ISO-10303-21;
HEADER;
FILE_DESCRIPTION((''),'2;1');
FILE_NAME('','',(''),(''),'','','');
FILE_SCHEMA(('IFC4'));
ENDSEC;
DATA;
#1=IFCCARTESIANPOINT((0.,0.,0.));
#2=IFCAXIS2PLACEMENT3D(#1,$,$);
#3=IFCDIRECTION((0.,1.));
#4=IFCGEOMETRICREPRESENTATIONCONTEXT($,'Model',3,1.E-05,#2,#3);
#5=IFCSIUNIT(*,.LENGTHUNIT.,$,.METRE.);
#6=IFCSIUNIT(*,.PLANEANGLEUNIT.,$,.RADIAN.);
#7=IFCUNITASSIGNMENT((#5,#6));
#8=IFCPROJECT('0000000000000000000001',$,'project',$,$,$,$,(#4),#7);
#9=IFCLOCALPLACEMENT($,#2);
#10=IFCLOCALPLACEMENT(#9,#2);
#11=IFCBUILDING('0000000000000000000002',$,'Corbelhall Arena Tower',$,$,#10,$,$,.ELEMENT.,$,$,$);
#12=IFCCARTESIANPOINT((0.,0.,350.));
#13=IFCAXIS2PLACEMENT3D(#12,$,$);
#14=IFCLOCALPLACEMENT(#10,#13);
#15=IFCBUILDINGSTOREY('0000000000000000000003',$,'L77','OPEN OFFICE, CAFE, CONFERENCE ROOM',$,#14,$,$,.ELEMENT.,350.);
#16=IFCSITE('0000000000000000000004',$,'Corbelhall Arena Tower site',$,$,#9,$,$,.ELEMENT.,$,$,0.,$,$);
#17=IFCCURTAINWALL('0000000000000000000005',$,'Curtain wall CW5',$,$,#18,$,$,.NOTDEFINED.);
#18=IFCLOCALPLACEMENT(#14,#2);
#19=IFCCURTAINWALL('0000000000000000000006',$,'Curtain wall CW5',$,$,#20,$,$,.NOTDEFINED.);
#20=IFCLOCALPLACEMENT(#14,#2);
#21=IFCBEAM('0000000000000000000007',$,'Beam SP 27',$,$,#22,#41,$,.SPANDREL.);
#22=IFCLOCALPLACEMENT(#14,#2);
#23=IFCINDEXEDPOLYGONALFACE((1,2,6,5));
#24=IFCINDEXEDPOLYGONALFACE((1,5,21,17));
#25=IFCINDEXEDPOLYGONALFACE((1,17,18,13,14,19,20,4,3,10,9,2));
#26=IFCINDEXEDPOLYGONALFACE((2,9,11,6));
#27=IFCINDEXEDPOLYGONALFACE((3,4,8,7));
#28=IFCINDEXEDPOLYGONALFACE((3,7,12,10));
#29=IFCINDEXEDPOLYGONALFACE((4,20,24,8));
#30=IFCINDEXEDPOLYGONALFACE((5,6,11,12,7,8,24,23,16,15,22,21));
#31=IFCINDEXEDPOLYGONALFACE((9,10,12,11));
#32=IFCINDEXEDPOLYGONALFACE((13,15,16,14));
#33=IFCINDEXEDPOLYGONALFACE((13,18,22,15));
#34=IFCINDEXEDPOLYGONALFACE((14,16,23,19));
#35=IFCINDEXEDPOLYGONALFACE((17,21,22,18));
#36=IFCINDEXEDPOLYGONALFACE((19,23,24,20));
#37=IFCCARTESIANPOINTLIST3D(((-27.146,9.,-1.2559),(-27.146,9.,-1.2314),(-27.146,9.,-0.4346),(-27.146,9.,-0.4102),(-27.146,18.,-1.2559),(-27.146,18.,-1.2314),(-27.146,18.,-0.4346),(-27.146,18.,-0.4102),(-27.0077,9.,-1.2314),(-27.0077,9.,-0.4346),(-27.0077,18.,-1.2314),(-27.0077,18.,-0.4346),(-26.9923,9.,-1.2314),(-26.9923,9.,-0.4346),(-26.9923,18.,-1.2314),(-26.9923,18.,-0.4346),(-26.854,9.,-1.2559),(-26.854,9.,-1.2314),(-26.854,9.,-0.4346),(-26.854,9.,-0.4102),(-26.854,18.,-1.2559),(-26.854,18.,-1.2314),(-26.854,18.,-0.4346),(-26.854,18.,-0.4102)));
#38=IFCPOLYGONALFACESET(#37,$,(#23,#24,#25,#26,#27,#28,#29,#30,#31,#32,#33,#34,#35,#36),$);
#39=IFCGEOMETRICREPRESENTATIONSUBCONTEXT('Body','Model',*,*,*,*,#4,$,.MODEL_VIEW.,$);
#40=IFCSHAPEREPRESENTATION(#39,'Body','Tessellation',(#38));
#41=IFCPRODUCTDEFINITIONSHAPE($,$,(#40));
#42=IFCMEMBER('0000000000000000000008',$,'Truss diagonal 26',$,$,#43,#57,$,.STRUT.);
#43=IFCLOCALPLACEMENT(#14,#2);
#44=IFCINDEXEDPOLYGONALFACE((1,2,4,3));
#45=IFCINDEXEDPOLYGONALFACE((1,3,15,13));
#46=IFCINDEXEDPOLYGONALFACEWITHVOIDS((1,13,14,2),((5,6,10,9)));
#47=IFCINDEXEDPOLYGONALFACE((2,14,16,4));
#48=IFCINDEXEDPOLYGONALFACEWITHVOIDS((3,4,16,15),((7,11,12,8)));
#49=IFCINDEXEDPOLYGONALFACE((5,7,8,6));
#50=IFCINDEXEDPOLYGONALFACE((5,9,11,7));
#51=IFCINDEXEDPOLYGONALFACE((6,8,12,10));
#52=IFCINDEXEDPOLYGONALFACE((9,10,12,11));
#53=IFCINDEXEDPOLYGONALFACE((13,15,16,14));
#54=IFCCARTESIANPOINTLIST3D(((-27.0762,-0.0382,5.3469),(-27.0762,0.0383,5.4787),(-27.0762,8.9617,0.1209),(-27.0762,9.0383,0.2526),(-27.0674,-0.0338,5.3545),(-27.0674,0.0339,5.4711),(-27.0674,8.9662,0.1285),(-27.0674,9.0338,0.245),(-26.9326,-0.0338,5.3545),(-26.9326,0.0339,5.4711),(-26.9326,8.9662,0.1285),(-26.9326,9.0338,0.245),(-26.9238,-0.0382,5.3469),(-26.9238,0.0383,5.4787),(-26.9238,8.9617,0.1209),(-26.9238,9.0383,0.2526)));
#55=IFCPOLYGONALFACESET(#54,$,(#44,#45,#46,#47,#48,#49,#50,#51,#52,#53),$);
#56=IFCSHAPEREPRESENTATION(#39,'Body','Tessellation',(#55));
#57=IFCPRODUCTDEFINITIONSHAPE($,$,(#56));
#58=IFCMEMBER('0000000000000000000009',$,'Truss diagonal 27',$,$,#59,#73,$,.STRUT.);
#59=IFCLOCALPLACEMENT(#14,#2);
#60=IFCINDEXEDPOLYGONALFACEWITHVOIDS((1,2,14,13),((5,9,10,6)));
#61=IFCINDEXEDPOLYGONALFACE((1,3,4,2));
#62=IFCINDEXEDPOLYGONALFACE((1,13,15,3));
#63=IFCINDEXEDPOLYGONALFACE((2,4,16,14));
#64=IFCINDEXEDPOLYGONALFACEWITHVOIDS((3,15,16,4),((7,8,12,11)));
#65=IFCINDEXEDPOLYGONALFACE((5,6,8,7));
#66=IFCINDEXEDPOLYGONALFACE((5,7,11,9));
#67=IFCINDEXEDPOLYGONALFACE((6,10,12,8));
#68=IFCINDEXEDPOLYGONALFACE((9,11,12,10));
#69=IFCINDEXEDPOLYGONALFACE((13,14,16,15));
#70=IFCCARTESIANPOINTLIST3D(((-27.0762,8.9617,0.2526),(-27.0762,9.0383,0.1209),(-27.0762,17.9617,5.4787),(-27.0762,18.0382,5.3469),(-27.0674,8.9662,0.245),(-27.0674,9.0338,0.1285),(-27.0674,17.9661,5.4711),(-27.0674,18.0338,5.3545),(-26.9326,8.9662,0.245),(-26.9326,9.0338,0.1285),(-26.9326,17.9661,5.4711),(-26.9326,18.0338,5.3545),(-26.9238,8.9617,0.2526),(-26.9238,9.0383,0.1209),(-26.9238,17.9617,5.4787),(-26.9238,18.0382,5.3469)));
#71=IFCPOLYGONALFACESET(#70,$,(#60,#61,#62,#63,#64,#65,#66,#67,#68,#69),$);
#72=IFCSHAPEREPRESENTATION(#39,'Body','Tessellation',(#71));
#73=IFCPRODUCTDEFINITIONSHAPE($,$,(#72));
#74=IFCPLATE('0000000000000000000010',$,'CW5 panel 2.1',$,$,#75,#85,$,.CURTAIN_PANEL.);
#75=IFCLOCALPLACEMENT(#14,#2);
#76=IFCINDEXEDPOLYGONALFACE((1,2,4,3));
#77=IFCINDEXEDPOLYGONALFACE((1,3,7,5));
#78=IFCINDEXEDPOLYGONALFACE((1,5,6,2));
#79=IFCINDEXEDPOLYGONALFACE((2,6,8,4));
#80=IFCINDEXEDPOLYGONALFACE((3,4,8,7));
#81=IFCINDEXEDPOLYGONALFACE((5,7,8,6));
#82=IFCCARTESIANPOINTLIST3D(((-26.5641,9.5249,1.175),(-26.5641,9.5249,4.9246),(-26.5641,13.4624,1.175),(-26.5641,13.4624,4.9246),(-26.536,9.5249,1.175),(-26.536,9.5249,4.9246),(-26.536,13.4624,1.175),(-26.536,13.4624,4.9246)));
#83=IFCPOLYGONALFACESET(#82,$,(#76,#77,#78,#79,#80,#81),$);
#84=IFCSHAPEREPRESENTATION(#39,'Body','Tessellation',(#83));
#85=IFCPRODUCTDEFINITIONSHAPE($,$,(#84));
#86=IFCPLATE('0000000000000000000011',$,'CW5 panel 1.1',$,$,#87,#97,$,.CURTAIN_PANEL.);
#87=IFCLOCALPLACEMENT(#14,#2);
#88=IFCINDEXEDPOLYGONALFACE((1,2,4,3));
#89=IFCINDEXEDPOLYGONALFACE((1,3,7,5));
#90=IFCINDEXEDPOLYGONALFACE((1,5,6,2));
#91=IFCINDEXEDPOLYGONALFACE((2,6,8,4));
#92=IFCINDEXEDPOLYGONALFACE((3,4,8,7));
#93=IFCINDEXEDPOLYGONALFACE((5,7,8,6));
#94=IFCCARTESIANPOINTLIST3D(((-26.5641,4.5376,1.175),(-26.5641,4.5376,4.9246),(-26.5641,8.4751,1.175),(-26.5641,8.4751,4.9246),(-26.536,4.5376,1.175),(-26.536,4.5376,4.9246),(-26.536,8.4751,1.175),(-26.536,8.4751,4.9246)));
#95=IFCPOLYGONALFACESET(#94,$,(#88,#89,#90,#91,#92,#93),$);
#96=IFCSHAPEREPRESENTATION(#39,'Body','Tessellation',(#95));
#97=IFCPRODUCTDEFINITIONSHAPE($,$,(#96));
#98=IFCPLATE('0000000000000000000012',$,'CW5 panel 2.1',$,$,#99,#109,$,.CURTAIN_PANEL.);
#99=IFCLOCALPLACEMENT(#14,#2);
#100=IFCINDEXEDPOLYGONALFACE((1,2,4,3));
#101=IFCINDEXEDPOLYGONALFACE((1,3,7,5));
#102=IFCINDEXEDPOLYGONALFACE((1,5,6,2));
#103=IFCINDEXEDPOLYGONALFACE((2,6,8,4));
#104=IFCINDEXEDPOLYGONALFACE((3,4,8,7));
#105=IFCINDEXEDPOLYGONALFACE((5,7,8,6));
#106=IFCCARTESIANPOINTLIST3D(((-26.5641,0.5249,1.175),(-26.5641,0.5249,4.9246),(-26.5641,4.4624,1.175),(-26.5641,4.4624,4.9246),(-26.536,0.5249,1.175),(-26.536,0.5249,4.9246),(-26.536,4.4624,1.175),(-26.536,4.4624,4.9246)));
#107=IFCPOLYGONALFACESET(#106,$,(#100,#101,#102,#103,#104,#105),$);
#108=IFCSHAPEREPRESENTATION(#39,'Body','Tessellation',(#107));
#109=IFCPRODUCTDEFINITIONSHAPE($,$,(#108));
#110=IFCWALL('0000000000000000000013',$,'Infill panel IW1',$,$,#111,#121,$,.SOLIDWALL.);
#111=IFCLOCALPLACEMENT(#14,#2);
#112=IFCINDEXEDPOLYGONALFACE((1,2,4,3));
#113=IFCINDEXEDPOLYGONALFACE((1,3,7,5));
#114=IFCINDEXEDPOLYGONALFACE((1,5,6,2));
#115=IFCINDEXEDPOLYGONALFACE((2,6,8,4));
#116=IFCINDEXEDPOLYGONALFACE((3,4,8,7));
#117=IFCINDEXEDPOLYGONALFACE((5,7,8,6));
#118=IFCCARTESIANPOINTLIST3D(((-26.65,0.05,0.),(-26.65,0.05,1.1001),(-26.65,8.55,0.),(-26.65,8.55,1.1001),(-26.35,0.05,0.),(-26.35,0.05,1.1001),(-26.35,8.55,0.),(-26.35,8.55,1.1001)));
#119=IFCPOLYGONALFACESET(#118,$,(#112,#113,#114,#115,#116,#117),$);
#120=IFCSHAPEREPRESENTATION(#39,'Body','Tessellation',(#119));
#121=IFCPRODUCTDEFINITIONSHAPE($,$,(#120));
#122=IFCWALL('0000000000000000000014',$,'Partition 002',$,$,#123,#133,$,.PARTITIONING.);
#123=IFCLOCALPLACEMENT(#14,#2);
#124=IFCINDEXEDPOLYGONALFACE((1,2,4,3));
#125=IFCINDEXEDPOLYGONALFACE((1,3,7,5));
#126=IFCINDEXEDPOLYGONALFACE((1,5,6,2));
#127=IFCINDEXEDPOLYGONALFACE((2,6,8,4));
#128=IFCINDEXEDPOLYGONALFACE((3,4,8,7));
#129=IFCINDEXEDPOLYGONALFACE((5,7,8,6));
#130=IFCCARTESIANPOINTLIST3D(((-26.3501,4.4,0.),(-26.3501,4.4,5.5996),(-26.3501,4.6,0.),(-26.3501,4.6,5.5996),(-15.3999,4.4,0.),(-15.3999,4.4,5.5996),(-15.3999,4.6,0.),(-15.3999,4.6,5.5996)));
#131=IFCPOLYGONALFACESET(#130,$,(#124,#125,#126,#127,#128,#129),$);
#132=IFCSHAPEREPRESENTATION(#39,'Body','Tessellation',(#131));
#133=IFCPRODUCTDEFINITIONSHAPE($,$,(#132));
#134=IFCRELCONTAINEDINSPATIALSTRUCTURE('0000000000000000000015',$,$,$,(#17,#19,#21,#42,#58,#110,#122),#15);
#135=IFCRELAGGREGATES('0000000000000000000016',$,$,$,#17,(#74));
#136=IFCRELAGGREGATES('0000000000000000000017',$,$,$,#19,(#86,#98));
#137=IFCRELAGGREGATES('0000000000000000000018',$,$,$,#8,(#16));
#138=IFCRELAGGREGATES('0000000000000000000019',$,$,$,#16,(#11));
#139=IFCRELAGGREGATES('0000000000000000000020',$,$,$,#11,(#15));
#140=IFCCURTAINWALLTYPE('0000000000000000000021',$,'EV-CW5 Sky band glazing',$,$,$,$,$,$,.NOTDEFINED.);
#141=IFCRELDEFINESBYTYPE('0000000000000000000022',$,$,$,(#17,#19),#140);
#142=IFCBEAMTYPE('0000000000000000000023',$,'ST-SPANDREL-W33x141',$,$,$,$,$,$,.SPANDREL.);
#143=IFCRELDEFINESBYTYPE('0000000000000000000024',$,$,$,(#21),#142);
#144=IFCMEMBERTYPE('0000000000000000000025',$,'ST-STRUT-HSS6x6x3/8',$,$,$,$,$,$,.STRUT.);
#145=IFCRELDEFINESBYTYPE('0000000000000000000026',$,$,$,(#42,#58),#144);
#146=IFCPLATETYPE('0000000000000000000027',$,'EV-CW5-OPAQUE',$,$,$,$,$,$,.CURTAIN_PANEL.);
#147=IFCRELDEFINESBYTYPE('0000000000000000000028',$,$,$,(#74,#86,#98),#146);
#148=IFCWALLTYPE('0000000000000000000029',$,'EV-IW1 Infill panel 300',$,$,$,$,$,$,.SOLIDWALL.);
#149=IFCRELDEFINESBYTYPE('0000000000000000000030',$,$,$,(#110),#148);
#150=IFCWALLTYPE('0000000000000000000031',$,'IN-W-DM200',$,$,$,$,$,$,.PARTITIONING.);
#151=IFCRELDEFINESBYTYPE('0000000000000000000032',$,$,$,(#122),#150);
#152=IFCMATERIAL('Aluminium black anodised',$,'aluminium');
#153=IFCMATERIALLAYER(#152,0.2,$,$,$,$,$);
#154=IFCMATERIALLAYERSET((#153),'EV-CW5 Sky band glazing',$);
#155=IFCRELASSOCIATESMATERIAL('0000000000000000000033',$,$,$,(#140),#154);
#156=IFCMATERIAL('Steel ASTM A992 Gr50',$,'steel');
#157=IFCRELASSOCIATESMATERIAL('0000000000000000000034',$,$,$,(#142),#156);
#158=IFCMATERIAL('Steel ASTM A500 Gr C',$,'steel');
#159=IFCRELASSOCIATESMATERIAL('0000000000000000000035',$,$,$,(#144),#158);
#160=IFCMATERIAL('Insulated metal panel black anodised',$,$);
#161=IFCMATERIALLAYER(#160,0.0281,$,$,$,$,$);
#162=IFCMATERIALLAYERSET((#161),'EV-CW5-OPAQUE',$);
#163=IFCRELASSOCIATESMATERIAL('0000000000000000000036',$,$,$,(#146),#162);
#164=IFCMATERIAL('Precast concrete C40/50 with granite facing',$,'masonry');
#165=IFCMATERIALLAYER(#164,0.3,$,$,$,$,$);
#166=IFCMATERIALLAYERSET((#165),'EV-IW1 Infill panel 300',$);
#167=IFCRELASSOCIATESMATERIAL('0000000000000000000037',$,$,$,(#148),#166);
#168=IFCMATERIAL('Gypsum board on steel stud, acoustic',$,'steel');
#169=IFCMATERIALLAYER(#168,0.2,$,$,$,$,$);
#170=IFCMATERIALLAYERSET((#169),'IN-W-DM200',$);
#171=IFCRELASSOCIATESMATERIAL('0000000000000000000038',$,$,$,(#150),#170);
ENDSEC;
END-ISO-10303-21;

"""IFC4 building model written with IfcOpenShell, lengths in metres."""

from ifc_helpers import new_model, si_unit, direction, frame, frame_2d, origin, origin_2d, place, context, subcontext, project, spatial, rectangle, hollow_rectangle, i_section, extrude, material, layer, layer_set, material_profile, profile_set, type_object, element, aggregate, save


model = new_model("IFC4")

# Units and contexts
model_context = context("Model", 3, precision=1e-05, world=origin(), true_north=direction((0.0, 1.0)))
body_context = subcontext(model_context, "Body", "Model", "MODEL_VIEW")
ifc_project = project(units=[si_unit("LENGTHUNIT", "METRE"), si_unit("PLANEANGLEUNIT", "RADIAN")], contexts=[model_context])

# Site, building, storey
site_placement = place(None, origin())
site = spatial("IfcSite", under=ifc_project, at=site_placement, Name="Corbelhall Arena Tower site", CompositionType="ELEMENT", RefElevation=0.0)
building_placement = place(site_placement, origin())
building = spatial("IfcBuilding", under=site, at=building_placement, Name="Corbelhall Arena Tower", CompositionType="ELEMENT")
storey_placement = place(building_placement, frame((0.0, 0.0, 350.0)))
storey = spatial("IfcBuildingStorey", under=building, at=storey_placement, Name="L77", Description="OPEN OFFICE, CAFE, CONFERENCE ROOM", CompositionType="ELEMENT", Elevation=350.0)

# Curtain wall
ifc_material_1 = material(Name="Aluminium black anodised", Category="aluminium")
ifc_layer_1 = layer(ifc_material_1, 0.2)
ifc_layer_set_1 = layer_set([ifc_layer_1], Name="EV-CW5 Sky band glazing")
curtain_wall_type = type_object("IfcCurtainWallType", Name="EV-CW5 Sky band glazing", PredefinedType="NOTDEFINED", material=ifc_layer_set_1)
curtain_wall_1_placement = place(storey_placement, origin())
curtain_wall_1 = element("IfcCurtainWall", 1, at=curtain_wall_1_placement, inside=storey, type_object=curtain_wall_type, Name="Curtain wall CW5", PredefinedType="NOTDEFINED")

# Curtain wall
curtain_wall_2_placement = place(storey_placement, origin())
curtain_wall_2 = element("IfcCurtainWall", 2, at=curtain_wall_2_placement, inside=storey, type_object=curtain_wall_type, Name="Curtain wall CW5", PredefinedType="NOTDEFINED")

# Shared definitions
ifc_material_2 = material(Name="Steel ASTM A992 Gr50", Category="steel")

# Beam
ifc_material_profile_1 = material_profile(ifc_material_2, i_section(OverallWidth=0.292, OverallDepth=0.8457, WebThickness=0.0154, FlangeThickness=0.0244, at=origin_2d()))
ifc_profile_set_1 = profile_set([ifc_material_profile_1], Name="Steel ASTM A992 Gr50")
beam_type = type_object("IfcBeamType", Name="ST-SPANDREL-W33x141", PredefinedType="SPANDREL", material=ifc_profile_set_1)
beam_placement = place(storey_placement, frame((-27.0, 9.0, -0.833), z_axis=(0.0, 1.0, 0.0), x_axis=(-1.0, 0.0, 0.0)))
element("IfcBeam", 3, at=beam_placement, inside=storey, type_object=beam_type, Name="Beam SP 27", PredefinedType="SPANDREL", context=body_context, shape_type="SweptSolid", body=[
    extrude(i_section(OverallWidth=0.292, OverallDepth=0.8457, WebThickness=0.0154, FlangeThickness=0.0244, at=origin_2d()), origin(), (0.0, 0.0, 1.0), 9.0),
])

# Members
ifc_material_3 = material(Name="Steel ASTM A500 Gr C", Category="steel")
ifc_material_profile_2 = material_profile(ifc_material_3, hollow_rectangle(XDim=0.1523, YDim=0.1523, WallThickness=0.0088, at=origin_2d()))
ifc_profile_set_2 = profile_set([ifc_material_profile_2], Name="Steel ASTM A500 Gr C")
member_type_1 = type_object("IfcMemberType", Name="ST-STRUT-HSS6x6x3/8", PredefinedType="STRUT", material=ifc_profile_set_2)
for number, where, z_axis, x_axis, name in (
    (4, (-27.0, 9.0, 0.1868), (0.0, -0.864778, 0.502155), (1.0, 0.0, 0.0), "Truss diagonal 26"),
    (5, (-27.0, 9.0, 0.1868), (0.0, 0.864778, 0.502155), (-1.0, 0.0, 0.0), "Truss diagonal 27"),
):
    element("IfcMember", number, at=place(storey_placement, frame(where, z_axis=z_axis, x_axis=x_axis)), inside=storey, type_object=member_type_1, Name=name, PredefinedType="STRUT", context=body_context, shape_type="SweptSolid", body=[
        extrude(hollow_rectangle(XDim=0.1523, YDim=0.1523, WallThickness=0.0088, at=origin_2d()), origin(), (0.0, 0.0, 1.0), 10.4072),
    ])

# Plates
ifc_material_4 = material(Name="Insulated metal panel black anodised")
ifc_layer_2 = layer(ifc_material_4, 0.0281)
ifc_layer_set_2 = layer_set([ifc_layer_2], Name="EV-CW5-OPAQUE")
plate_type = type_object("IfcPlateType", Name="EV-CW5-OPAQUE", PredefinedType="CURTAIN_PANEL", material=ifc_layer_set_2)
plate_1_placement = place(storey_placement, frame((-26.55, 11.4937, 1.175), z_axis=(0.0, 0.0, 1.0), x_axis=(0.0, -1.0, 0.0)))
plate_1 = element("IfcPlate", 6, at=plate_1_placement, type_object=plate_type, Name="CW5 panel 2.1", PredefinedType="CURTAIN_PANEL", context=body_context, shape_type="SweptSolid", body=[
    extrude(rectangle(XDim=3.9375, YDim=0.0281, at=origin_2d()), origin(), (0.0, 0.0, 1.0), 3.7495),
])
aggregate(curtain_wall_1, [plate_1])
plate_2_placement = place(storey_placement, frame((-26.55, 6.5063, 1.175), z_axis=(0.0, 0.0, 1.0), x_axis=(0.0, -1.0, 0.0)))
plate_2 = element("IfcPlate", 7, at=plate_2_placement, type_object=plate_type, Name="CW5 panel 1.1", PredefinedType="CURTAIN_PANEL", context=body_context, shape_type="SweptSolid", body=[
    extrude(rectangle(XDim=3.9375, YDim=0.0281, at=origin_2d()), origin(), (0.0, 0.0, 1.0), 3.7495),
])
plate_3_placement = place(storey_placement, frame((-26.55, 2.4937, 1.175), z_axis=(0.0, 0.0, 1.0), x_axis=(0.0, -1.0, 0.0)))
plate_3 = element("IfcPlate", 8, at=plate_3_placement, type_object=plate_type, Name="CW5 panel 2.1", PredefinedType="CURTAIN_PANEL", context=body_context, shape_type="SweptSolid", body=[
    extrude(rectangle(XDim=3.9375, YDim=0.0281, at=origin_2d()), origin(), (0.0, 0.0, 1.0), 3.7495),
])
aggregate(curtain_wall_2, [plate_2, plate_3])

# Walls
ifc_material_5 = material(Name="Precast concrete C40/50 with granite facing", Category="masonry")
ifc_layer_3 = layer(ifc_material_5, 0.3)
ifc_layer_set_3 = layer_set([ifc_layer_3], Name="EV-IW1 Infill panel 300")
wall_type_1 = type_object("IfcWallType", Name="EV-IW1 Infill panel 300", PredefinedType="SOLIDWALL", material=ifc_layer_set_3)
wall_1_placement = place(storey_placement, frame((-26.5, 8.55, 0.0), z_axis=(0.0, 0.0, 1.0), x_axis=(0.0, -1.0, 0.0)))
element("IfcWall", 9, at=wall_1_placement, inside=storey, type_object=wall_type_1, Name="Infill panel IW1", PredefinedType="SOLIDWALL", context=body_context, shape_type="SweptSolid", body=[
    extrude(rectangle(XDim=8.5, YDim=0.3, at=frame_2d((4.25, 0.0))), origin(), (0.0, 0.0, 1.0), 1.1001),
])
ifc_material_6 = material(Name="Gypsum board on steel stud, acoustic", Category="steel")
ifc_layer_4 = layer(ifc_material_6, 0.2)
ifc_layer_set_4 = layer_set([ifc_layer_4], Name="IN-W-DM200")
wall_type_2 = type_object("IfcWallType", Name="IN-W-DM200", PredefinedType="PARTITIONING", material=ifc_layer_set_4)
wall_2_placement = place(storey_placement, frame((-26.3501, 4.5, 0.0), z_axis=(0.0, 0.0, 1.0), x_axis=(1.0, 0.0, 0.0)))
element("IfcWall", 10, at=wall_2_placement, inside=storey, type_object=wall_type_2, Name="Partition 002", PredefinedType="PARTITIONING", context=body_context, shape_type="SweptSolid", body=[
    extrude(rectangle(XDim=10.9502, YDim=0.2, at=frame_2d((5.4751, 0.0))), origin(), (0.0, 0.0, 1.0), 5.5996),
])

save(model, "model.ifc")
